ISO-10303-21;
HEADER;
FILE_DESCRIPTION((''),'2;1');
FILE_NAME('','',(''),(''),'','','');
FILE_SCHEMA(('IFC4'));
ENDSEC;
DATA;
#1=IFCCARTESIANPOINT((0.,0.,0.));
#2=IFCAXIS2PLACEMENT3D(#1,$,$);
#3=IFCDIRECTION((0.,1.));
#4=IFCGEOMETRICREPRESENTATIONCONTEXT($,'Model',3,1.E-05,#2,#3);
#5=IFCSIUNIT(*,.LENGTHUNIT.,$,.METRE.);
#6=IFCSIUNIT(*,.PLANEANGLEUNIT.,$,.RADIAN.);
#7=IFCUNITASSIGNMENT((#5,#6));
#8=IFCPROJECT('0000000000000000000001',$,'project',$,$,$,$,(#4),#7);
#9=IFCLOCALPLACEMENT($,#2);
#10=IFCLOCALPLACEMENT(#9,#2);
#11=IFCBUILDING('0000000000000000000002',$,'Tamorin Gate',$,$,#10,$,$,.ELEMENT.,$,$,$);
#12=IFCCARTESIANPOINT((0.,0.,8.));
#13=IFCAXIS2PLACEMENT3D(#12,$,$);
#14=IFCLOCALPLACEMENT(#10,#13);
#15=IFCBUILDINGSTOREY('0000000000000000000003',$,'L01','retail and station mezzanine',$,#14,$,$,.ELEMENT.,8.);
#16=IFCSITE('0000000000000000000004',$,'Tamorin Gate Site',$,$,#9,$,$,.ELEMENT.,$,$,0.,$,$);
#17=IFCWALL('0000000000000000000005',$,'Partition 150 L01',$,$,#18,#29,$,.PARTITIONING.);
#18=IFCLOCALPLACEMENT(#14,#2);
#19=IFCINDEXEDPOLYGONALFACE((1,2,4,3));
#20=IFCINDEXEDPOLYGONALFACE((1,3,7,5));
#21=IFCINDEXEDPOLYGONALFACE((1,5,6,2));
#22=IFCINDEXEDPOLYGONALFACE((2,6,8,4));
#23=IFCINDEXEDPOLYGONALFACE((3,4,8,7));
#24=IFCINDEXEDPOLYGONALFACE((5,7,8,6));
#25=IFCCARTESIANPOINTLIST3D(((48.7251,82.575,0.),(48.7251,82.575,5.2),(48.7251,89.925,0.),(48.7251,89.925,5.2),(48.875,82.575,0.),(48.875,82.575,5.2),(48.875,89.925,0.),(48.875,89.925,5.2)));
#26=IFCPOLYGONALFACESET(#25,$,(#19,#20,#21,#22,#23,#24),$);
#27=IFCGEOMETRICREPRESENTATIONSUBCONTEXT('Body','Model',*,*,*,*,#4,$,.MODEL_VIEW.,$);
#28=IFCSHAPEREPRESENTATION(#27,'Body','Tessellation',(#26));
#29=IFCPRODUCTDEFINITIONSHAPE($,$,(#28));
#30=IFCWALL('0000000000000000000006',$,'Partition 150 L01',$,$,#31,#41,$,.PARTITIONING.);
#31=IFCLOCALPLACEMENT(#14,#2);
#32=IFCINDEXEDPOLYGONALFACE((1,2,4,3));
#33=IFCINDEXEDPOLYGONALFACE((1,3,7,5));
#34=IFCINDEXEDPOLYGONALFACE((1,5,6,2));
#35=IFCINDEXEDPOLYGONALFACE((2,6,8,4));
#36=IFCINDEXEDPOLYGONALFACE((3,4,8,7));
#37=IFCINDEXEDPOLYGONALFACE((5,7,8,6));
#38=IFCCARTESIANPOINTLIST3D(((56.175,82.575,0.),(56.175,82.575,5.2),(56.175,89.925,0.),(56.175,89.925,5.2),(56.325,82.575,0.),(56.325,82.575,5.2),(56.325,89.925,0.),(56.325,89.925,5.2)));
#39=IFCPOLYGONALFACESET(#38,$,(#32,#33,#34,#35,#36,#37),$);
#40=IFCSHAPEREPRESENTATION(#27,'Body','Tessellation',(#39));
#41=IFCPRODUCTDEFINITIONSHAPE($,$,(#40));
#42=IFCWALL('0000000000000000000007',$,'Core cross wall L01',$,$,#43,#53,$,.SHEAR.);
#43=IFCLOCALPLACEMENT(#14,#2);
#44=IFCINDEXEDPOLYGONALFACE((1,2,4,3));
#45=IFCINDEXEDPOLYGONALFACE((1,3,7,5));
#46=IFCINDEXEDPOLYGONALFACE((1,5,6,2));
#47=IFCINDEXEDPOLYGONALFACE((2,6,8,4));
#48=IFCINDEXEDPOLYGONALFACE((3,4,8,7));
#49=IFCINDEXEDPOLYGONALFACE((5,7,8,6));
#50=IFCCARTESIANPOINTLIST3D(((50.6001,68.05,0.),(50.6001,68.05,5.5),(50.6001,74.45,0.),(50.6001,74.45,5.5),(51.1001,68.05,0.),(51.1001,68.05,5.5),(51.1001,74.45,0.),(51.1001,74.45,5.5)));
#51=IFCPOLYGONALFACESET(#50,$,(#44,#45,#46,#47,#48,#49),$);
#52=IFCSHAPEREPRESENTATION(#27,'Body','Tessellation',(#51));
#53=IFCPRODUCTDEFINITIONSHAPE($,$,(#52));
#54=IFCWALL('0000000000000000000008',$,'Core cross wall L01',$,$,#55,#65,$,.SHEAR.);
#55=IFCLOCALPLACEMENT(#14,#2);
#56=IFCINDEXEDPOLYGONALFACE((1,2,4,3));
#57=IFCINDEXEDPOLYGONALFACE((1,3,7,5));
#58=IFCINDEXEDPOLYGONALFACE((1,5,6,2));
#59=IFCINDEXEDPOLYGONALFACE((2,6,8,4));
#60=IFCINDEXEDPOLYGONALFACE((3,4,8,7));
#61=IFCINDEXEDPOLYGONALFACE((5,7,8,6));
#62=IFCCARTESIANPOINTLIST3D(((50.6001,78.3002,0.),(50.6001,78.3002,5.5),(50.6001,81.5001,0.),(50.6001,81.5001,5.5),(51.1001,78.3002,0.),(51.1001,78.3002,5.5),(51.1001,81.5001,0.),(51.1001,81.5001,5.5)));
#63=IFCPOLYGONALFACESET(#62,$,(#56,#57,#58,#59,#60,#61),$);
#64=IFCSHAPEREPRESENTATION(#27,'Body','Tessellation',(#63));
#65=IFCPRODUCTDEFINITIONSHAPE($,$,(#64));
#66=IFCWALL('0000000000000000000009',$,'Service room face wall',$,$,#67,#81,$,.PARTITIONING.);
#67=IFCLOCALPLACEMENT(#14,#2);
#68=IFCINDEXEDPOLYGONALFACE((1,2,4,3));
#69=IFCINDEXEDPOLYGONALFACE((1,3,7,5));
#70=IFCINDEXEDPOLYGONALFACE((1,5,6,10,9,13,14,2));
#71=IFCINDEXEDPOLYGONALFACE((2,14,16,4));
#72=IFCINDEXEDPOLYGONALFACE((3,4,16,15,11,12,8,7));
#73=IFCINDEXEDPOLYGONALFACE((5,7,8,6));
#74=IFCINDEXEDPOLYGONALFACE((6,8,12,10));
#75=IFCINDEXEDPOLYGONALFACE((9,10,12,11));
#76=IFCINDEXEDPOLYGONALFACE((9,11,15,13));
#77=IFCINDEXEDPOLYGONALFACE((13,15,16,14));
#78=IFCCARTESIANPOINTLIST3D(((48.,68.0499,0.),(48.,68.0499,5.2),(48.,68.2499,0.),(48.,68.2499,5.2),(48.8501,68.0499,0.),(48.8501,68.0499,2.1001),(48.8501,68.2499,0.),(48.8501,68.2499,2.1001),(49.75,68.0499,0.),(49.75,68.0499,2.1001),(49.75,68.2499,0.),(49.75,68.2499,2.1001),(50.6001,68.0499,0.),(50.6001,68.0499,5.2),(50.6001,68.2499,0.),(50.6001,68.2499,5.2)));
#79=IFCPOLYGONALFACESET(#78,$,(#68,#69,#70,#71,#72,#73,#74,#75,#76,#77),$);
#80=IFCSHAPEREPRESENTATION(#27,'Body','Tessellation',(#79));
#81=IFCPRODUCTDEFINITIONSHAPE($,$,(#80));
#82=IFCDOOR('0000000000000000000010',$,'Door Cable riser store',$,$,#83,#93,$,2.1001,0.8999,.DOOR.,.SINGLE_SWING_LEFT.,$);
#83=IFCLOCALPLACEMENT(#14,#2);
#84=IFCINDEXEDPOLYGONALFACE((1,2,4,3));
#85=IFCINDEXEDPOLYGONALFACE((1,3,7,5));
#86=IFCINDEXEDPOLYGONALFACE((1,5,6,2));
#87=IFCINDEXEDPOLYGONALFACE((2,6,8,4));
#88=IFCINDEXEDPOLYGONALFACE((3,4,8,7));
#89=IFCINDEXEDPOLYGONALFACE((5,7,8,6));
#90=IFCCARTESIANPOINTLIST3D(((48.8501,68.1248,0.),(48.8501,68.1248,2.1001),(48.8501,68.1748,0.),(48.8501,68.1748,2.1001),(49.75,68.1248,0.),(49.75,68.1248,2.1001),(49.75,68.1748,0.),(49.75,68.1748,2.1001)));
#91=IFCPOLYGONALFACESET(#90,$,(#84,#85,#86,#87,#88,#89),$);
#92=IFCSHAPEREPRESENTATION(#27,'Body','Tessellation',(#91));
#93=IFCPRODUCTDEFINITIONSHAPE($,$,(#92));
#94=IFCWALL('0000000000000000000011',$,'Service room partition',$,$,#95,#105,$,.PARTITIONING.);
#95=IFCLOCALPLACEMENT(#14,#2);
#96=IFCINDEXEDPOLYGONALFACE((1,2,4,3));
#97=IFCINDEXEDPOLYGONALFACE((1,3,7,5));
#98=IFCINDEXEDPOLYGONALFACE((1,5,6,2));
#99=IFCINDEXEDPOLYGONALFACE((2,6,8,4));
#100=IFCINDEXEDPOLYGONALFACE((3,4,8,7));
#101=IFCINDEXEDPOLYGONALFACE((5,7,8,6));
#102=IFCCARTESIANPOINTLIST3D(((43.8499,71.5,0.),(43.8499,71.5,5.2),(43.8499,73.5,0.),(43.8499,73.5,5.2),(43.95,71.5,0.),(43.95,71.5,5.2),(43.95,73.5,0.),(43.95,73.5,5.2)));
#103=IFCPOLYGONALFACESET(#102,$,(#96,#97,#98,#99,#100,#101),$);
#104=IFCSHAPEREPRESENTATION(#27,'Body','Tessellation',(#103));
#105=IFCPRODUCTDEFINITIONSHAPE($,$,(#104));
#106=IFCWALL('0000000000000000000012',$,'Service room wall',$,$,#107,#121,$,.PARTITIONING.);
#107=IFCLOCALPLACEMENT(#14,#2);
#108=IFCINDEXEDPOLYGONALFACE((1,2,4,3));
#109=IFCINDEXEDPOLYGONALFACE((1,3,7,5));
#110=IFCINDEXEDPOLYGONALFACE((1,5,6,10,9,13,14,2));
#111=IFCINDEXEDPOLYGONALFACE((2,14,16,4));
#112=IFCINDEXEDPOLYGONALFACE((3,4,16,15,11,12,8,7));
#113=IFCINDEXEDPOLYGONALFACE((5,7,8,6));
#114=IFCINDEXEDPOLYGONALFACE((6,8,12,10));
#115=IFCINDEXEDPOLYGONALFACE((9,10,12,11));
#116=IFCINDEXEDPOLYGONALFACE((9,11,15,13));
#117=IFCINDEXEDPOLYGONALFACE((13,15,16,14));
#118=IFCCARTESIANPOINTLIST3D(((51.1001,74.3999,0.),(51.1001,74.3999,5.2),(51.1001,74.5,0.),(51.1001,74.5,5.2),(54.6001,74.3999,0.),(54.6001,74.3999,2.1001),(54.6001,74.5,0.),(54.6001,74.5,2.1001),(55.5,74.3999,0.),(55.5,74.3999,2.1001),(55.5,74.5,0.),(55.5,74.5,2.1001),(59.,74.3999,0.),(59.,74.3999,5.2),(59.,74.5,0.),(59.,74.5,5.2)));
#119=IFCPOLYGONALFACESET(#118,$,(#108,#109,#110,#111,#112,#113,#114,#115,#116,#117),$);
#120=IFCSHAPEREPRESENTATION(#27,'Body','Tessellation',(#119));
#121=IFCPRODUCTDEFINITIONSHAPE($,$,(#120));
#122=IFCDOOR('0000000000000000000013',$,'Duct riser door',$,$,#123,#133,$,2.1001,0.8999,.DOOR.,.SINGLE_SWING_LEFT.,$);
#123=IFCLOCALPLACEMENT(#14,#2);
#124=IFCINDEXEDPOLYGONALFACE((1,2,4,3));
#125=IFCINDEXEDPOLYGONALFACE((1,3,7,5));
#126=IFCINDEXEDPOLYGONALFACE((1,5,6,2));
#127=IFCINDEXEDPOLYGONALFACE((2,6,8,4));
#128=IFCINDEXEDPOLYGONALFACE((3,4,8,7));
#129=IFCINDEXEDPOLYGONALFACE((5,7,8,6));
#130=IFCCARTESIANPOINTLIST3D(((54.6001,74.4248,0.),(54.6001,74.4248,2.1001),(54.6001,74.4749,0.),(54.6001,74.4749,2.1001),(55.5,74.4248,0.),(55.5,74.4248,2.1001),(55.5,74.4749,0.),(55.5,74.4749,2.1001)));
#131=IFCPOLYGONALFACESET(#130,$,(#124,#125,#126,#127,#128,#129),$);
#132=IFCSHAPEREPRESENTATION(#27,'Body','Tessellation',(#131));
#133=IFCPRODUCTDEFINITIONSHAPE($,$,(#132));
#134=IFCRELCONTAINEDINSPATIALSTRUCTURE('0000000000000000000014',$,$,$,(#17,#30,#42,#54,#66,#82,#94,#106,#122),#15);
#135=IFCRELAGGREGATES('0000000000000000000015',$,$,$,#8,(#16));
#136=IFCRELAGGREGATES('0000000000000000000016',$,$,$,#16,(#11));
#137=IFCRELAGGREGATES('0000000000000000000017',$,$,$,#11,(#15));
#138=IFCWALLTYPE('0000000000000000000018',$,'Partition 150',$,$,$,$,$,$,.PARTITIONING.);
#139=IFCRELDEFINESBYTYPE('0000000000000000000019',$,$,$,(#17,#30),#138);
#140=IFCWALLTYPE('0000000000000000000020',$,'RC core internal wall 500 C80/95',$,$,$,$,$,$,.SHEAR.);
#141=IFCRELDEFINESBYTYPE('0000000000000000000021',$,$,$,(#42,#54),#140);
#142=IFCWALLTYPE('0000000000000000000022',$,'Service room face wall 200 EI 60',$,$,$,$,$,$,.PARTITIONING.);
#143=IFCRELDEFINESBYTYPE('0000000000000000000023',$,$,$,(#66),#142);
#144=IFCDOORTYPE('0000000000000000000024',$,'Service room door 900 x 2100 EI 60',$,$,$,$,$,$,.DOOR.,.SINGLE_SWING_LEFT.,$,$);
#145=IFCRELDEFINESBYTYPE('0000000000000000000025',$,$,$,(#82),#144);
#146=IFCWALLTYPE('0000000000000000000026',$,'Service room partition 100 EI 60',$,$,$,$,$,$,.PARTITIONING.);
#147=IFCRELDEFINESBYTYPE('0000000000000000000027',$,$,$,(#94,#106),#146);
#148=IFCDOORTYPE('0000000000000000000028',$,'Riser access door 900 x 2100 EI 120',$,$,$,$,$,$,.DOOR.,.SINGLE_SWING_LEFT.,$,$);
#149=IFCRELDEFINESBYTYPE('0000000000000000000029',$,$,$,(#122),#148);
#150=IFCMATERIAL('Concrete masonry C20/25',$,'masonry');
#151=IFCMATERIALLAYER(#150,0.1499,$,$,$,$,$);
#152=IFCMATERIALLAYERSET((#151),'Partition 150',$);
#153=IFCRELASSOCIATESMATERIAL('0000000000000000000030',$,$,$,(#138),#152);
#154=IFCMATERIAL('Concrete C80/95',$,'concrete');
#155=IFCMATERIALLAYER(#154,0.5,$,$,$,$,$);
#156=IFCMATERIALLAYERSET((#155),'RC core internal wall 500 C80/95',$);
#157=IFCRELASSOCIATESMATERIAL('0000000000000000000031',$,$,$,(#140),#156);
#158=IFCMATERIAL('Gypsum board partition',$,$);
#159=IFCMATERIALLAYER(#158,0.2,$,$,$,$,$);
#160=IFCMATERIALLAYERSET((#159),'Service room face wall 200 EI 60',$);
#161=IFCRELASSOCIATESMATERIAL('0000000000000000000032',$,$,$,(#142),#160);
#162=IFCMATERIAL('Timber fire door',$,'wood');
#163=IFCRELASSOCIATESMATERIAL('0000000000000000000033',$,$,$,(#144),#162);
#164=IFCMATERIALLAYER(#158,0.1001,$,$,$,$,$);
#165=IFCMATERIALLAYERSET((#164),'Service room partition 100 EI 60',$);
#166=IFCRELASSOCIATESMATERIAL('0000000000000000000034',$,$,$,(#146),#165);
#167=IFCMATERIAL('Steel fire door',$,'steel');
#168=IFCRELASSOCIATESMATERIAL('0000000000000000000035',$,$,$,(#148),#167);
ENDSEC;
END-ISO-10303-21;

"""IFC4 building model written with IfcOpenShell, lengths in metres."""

from ifc_helpers import new_model, si_unit, direction, frame, frame_2d, origin, place, context, subcontext, project, spatial, rectangle, extrude, material, layer, layer_set, type_object, element, fill, save


model = new_model("IFC4")

# Units and contexts
model_context = context("Model", 3, precision=1e-05, world=origin(), true_north=direction((0.0, 1.0)))
body_context = subcontext(model_context, "Body", "Model", "MODEL_VIEW")
ifc_project = project(units=[si_unit("LENGTHUNIT", "METRE"), si_unit("PLANEANGLEUNIT", "RADIAN")], contexts=[model_context])

# Site, building, storey
site_placement = place(None, origin())
site = spatial("IfcSite", under=ifc_project, at=site_placement, Name="Tamorin Gate Site", CompositionType="ELEMENT", RefElevation=0.0)
building_placement = place(site_placement, origin())
building = spatial("IfcBuilding", under=site, at=building_placement, Name="Tamorin Gate", CompositionType="ELEMENT")
storey_placement = place(building_placement, frame((0.0, 0.0, 8.0)))
storey = spatial("IfcBuildingStorey", under=building, at=storey_placement, Name="L01", Description="retail and station mezzanine", CompositionType="ELEMENT", Elevation=8.0)

# Shared definitions
ifc_material_1 = material(Name="Concrete C80/95", Category="concrete")

# Shared definitions
ifc_material_2 = material(Name="Steel fire door", Category="steel")
ifc_material_3 = material(Name="Concrete masonry C20/25", Category="masonry")
ifc_layer_1 = layer(ifc_material_3, 0.1499)
ifc_layer_set_1 = layer_set([ifc_layer_1], Name="Partition 150")
wall_type_1 = type_object("IfcWallType", Name="Partition 150", PredefinedType="PARTITIONING", material=ifc_layer_set_1)

# Walls
for number, where, z_axis, x_axis, name in (
    (1, (48.8, 82.575, 0.0), (0.0, 0.0, 1.0), (0.0, 1.0, 0.0), "Partition 150 L01"),
    (2, (56.25, 82.575, 0.0), (0.0, 0.0, 1.0), (0.0, 1.0, 0.0), "Partition 150 L01"),
):
    element("IfcWall", number, at=place(storey_placement, frame(where, z_axis=z_axis, x_axis=x_axis)), inside=storey, type_object=wall_type_1, Name=name, PredefinedType="PARTITIONING", context=body_context, shape_type="SweptSolid", body=[
        extrude(rectangle(XDim=7.3501, YDim=0.1499, at=frame_2d((3.675, 0.0))), origin(), (0.0, 0.0, 1.0), 5.2),
    ])
ifc_layer_2 = layer(ifc_material_1, 0.5)
ifc_layer_set_2 = layer_set([ifc_layer_2], Name="RC core internal wall 500 C80/95")
wall_type_2 = type_object("IfcWallType", Name="RC core internal wall 500 C80/95", PredefinedType="SHEAR", material=ifc_layer_set_2)
wall_1_placement = place(storey_placement, frame((50.8501, 68.05, 0.0), z_axis=(0.0, 0.0, 1.0), x_axis=(0.0, 1.0, 0.0)))
element("IfcWall", 3, at=wall_1_placement, inside=storey, type_object=wall_type_2, Name="Core cross wall L01", PredefinedType="SHEAR", context=body_context, shape_type="SweptSolid", body=[
    extrude(rectangle(XDim=6.3999, YDim=0.5, at=frame_2d((3.2, 0.0))), origin(), (0.0, 0.0, 1.0), 5.5),
])
wall_2_placement = place(storey_placement, frame((50.8501, 78.3, 0.0), z_axis=(0.0, 0.0, 1.0), x_axis=(0.0, 1.0, 0.0)))
element("IfcWall", 4, at=wall_2_placement, inside=storey, type_object=wall_type_2, Name="Core cross wall L01", PredefinedType="SHEAR", context=body_context, shape_type="SweptSolid", body=[
    extrude(rectangle(XDim=3.2, YDim=0.5, at=frame_2d((1.6001, 0.0))), origin(), (0.0, 0.0, 1.0), 5.5),
])

# Wall, opening, door
ifc_material_4 = material(Name="Gypsum board partition")
ifc_layer_3 = layer(ifc_material_4, 0.2)
ifc_layer_set_3 = layer_set([ifc_layer_3], Name="Service room face wall 200 EI 60")
wall_type_3 = type_object("IfcWallType", Name="Service room face wall 200 EI 60", PredefinedType="PARTITIONING", material=ifc_layer_set_3)
wall_3_placement = place(storey_placement, frame((48.0, 68.1499, 0.0), z_axis=(0.0, 0.0, 1.0), x_axis=(1.0, 0.0, 0.0)))
wall_3 = element("IfcWall", 5, at=wall_3_placement, inside=storey, type_object=wall_type_3, Name="Service room face wall", PredefinedType="PARTITIONING", context=body_context, shape_type="SweptSolid", body=[
    extrude(rectangle(XDim=2.6001, YDim=0.2, at=frame_2d((1.3, 0.0))), origin(), (0.0, 0.0, 1.0), 5.2),
])
opening_1_placement = place(wall_3_placement, frame((0.8501, 0.0, 0.0)))
opening_1 = element("IfcOpeningElement", 6, at=opening_1_placement, cuts=wall_3, PredefinedType="OPENING", context=body_context, shape_type="SweptSolid", body=[
    extrude(rectangle(XDim=0.8999, YDim=2.1001, at=frame_2d((0.45, 1.05))), frame((0.0, 0.1099, 0.0), z_axis=(0.0, -1.0, 0.0), x_axis=(1.0, 0.0, 0.0)), (0.0, 0.0, 1.0), 0.22),
])
ifc_material_5 = material(Name="Timber fire door", Category="wood")
door_type_1 = type_object("IfcDoorType", Name="Service room door 900 x 2100 EI 60", OperationType="SINGLE_SWING_LEFT", PredefinedType="DOOR", material=ifc_material_5)
door_1_placement = place(opening_1_placement, origin())
door_1 = element("IfcDoor", 7, at=door_1_placement, inside=storey, type_object=door_type_1, Name="Door Cable riser store", OperationType="SINGLE_SWING_LEFT", OverallHeight=2.1001, OverallWidth=0.8999, PredefinedType="DOOR", context=body_context, shape_type="SweptSolid", body=[
    extrude(rectangle(XDim=0.8999, YDim=2.1001, at=frame_2d((0.45, 1.05))), frame((0.0, 0.0249, 0.0), z_axis=(0.0, -1.0, 0.0), x_axis=(1.0, 0.0, 0.0)), (0.0, 0.0, 1.0), 0.05),
])
fill(opening_1, door_1)

# Wall
ifc_layer_4 = layer(ifc_material_4, 0.1001)
ifc_layer_set_4 = layer_set([ifc_layer_4], Name="Service room partition 100 EI 60")
wall_type_4 = type_object("IfcWallType", Name="Service room partition 100 EI 60", PredefinedType="PARTITIONING", material=ifc_layer_set_4)
wall_4_placement = place(storey_placement, frame((43.8999, 71.5, 0.0), z_axis=(0.0, 0.0, 1.0), x_axis=(0.0, 1.0, 0.0)))
element("IfcWall", 8, at=wall_4_placement, inside=storey, type_object=wall_type_4, Name="Service room partition", PredefinedType="PARTITIONING", context=body_context, shape_type="SweptSolid", body=[
    extrude(rectangle(XDim=2.0, YDim=0.1001, at=frame_2d((1.0, 0.0))), origin(), (0.0, 0.0, 1.0), 5.2),
])

# Wall, opening, door
wall_5_placement = place(storey_placement, frame((51.1001, 74.45, 0.0), z_axis=(0.0, 0.0, 1.0), x_axis=(1.0, 0.0, 0.0)))
wall_5 = element("IfcWall", 9, at=wall_5_placement, inside=storey, type_object=wall_type_4, Name="Service room wall", PredefinedType="PARTITIONING", context=body_context, shape_type="SweptSolid", body=[
    extrude(rectangle(XDim=7.8999, YDim=0.1001, at=frame_2d((3.95, 0.0))), origin(), (0.0, 0.0, 1.0), 5.2),
])
opening_2_placement = place(wall_5_placement, frame((3.5, 0.0, 0.0)))
opening_2 = element("IfcOpeningElement", 10, at=opening_2_placement, cuts=wall_5, PredefinedType="OPENING", context=body_context, shape_type="SweptSolid", body=[
    extrude(rectangle(XDim=0.8999, YDim=2.1001, at=frame_2d((0.45, 1.05))), frame((0.0, 0.0601, 0.0), z_axis=(0.0, -1.0, 0.0), x_axis=(1.0, 0.0, 0.0)), (0.0, 0.0, 1.0), 0.1201),
])
door_type_2 = type_object("IfcDoorType", Name="Riser access door 900 x 2100 EI 120", OperationType="SINGLE_SWING_LEFT", PredefinedType="DOOR", material=ifc_material_2)
door_2_placement = place(opening_2_placement, origin())
door_2 = element("IfcDoor", 11, at=door_2_placement, inside=storey, type_object=door_type_2, Name="Duct riser door", OperationType="SINGLE_SWING_LEFT", OverallHeight=2.1001, OverallWidth=0.8999, PredefinedType="DOOR", context=body_context, shape_type="SweptSolid", body=[
    extrude(rectangle(XDim=0.8999, YDim=2.1001, at=frame_2d((0.45, 1.05))), frame((0.0, 0.0249, 0.0), z_axis=(0.0, -1.0, 0.0), x_axis=(1.0, 0.0, 0.0)), (0.0, 0.0, 1.0), 0.05),
])
fill(opening_2, door_2)

save(model, "model.ifc")
